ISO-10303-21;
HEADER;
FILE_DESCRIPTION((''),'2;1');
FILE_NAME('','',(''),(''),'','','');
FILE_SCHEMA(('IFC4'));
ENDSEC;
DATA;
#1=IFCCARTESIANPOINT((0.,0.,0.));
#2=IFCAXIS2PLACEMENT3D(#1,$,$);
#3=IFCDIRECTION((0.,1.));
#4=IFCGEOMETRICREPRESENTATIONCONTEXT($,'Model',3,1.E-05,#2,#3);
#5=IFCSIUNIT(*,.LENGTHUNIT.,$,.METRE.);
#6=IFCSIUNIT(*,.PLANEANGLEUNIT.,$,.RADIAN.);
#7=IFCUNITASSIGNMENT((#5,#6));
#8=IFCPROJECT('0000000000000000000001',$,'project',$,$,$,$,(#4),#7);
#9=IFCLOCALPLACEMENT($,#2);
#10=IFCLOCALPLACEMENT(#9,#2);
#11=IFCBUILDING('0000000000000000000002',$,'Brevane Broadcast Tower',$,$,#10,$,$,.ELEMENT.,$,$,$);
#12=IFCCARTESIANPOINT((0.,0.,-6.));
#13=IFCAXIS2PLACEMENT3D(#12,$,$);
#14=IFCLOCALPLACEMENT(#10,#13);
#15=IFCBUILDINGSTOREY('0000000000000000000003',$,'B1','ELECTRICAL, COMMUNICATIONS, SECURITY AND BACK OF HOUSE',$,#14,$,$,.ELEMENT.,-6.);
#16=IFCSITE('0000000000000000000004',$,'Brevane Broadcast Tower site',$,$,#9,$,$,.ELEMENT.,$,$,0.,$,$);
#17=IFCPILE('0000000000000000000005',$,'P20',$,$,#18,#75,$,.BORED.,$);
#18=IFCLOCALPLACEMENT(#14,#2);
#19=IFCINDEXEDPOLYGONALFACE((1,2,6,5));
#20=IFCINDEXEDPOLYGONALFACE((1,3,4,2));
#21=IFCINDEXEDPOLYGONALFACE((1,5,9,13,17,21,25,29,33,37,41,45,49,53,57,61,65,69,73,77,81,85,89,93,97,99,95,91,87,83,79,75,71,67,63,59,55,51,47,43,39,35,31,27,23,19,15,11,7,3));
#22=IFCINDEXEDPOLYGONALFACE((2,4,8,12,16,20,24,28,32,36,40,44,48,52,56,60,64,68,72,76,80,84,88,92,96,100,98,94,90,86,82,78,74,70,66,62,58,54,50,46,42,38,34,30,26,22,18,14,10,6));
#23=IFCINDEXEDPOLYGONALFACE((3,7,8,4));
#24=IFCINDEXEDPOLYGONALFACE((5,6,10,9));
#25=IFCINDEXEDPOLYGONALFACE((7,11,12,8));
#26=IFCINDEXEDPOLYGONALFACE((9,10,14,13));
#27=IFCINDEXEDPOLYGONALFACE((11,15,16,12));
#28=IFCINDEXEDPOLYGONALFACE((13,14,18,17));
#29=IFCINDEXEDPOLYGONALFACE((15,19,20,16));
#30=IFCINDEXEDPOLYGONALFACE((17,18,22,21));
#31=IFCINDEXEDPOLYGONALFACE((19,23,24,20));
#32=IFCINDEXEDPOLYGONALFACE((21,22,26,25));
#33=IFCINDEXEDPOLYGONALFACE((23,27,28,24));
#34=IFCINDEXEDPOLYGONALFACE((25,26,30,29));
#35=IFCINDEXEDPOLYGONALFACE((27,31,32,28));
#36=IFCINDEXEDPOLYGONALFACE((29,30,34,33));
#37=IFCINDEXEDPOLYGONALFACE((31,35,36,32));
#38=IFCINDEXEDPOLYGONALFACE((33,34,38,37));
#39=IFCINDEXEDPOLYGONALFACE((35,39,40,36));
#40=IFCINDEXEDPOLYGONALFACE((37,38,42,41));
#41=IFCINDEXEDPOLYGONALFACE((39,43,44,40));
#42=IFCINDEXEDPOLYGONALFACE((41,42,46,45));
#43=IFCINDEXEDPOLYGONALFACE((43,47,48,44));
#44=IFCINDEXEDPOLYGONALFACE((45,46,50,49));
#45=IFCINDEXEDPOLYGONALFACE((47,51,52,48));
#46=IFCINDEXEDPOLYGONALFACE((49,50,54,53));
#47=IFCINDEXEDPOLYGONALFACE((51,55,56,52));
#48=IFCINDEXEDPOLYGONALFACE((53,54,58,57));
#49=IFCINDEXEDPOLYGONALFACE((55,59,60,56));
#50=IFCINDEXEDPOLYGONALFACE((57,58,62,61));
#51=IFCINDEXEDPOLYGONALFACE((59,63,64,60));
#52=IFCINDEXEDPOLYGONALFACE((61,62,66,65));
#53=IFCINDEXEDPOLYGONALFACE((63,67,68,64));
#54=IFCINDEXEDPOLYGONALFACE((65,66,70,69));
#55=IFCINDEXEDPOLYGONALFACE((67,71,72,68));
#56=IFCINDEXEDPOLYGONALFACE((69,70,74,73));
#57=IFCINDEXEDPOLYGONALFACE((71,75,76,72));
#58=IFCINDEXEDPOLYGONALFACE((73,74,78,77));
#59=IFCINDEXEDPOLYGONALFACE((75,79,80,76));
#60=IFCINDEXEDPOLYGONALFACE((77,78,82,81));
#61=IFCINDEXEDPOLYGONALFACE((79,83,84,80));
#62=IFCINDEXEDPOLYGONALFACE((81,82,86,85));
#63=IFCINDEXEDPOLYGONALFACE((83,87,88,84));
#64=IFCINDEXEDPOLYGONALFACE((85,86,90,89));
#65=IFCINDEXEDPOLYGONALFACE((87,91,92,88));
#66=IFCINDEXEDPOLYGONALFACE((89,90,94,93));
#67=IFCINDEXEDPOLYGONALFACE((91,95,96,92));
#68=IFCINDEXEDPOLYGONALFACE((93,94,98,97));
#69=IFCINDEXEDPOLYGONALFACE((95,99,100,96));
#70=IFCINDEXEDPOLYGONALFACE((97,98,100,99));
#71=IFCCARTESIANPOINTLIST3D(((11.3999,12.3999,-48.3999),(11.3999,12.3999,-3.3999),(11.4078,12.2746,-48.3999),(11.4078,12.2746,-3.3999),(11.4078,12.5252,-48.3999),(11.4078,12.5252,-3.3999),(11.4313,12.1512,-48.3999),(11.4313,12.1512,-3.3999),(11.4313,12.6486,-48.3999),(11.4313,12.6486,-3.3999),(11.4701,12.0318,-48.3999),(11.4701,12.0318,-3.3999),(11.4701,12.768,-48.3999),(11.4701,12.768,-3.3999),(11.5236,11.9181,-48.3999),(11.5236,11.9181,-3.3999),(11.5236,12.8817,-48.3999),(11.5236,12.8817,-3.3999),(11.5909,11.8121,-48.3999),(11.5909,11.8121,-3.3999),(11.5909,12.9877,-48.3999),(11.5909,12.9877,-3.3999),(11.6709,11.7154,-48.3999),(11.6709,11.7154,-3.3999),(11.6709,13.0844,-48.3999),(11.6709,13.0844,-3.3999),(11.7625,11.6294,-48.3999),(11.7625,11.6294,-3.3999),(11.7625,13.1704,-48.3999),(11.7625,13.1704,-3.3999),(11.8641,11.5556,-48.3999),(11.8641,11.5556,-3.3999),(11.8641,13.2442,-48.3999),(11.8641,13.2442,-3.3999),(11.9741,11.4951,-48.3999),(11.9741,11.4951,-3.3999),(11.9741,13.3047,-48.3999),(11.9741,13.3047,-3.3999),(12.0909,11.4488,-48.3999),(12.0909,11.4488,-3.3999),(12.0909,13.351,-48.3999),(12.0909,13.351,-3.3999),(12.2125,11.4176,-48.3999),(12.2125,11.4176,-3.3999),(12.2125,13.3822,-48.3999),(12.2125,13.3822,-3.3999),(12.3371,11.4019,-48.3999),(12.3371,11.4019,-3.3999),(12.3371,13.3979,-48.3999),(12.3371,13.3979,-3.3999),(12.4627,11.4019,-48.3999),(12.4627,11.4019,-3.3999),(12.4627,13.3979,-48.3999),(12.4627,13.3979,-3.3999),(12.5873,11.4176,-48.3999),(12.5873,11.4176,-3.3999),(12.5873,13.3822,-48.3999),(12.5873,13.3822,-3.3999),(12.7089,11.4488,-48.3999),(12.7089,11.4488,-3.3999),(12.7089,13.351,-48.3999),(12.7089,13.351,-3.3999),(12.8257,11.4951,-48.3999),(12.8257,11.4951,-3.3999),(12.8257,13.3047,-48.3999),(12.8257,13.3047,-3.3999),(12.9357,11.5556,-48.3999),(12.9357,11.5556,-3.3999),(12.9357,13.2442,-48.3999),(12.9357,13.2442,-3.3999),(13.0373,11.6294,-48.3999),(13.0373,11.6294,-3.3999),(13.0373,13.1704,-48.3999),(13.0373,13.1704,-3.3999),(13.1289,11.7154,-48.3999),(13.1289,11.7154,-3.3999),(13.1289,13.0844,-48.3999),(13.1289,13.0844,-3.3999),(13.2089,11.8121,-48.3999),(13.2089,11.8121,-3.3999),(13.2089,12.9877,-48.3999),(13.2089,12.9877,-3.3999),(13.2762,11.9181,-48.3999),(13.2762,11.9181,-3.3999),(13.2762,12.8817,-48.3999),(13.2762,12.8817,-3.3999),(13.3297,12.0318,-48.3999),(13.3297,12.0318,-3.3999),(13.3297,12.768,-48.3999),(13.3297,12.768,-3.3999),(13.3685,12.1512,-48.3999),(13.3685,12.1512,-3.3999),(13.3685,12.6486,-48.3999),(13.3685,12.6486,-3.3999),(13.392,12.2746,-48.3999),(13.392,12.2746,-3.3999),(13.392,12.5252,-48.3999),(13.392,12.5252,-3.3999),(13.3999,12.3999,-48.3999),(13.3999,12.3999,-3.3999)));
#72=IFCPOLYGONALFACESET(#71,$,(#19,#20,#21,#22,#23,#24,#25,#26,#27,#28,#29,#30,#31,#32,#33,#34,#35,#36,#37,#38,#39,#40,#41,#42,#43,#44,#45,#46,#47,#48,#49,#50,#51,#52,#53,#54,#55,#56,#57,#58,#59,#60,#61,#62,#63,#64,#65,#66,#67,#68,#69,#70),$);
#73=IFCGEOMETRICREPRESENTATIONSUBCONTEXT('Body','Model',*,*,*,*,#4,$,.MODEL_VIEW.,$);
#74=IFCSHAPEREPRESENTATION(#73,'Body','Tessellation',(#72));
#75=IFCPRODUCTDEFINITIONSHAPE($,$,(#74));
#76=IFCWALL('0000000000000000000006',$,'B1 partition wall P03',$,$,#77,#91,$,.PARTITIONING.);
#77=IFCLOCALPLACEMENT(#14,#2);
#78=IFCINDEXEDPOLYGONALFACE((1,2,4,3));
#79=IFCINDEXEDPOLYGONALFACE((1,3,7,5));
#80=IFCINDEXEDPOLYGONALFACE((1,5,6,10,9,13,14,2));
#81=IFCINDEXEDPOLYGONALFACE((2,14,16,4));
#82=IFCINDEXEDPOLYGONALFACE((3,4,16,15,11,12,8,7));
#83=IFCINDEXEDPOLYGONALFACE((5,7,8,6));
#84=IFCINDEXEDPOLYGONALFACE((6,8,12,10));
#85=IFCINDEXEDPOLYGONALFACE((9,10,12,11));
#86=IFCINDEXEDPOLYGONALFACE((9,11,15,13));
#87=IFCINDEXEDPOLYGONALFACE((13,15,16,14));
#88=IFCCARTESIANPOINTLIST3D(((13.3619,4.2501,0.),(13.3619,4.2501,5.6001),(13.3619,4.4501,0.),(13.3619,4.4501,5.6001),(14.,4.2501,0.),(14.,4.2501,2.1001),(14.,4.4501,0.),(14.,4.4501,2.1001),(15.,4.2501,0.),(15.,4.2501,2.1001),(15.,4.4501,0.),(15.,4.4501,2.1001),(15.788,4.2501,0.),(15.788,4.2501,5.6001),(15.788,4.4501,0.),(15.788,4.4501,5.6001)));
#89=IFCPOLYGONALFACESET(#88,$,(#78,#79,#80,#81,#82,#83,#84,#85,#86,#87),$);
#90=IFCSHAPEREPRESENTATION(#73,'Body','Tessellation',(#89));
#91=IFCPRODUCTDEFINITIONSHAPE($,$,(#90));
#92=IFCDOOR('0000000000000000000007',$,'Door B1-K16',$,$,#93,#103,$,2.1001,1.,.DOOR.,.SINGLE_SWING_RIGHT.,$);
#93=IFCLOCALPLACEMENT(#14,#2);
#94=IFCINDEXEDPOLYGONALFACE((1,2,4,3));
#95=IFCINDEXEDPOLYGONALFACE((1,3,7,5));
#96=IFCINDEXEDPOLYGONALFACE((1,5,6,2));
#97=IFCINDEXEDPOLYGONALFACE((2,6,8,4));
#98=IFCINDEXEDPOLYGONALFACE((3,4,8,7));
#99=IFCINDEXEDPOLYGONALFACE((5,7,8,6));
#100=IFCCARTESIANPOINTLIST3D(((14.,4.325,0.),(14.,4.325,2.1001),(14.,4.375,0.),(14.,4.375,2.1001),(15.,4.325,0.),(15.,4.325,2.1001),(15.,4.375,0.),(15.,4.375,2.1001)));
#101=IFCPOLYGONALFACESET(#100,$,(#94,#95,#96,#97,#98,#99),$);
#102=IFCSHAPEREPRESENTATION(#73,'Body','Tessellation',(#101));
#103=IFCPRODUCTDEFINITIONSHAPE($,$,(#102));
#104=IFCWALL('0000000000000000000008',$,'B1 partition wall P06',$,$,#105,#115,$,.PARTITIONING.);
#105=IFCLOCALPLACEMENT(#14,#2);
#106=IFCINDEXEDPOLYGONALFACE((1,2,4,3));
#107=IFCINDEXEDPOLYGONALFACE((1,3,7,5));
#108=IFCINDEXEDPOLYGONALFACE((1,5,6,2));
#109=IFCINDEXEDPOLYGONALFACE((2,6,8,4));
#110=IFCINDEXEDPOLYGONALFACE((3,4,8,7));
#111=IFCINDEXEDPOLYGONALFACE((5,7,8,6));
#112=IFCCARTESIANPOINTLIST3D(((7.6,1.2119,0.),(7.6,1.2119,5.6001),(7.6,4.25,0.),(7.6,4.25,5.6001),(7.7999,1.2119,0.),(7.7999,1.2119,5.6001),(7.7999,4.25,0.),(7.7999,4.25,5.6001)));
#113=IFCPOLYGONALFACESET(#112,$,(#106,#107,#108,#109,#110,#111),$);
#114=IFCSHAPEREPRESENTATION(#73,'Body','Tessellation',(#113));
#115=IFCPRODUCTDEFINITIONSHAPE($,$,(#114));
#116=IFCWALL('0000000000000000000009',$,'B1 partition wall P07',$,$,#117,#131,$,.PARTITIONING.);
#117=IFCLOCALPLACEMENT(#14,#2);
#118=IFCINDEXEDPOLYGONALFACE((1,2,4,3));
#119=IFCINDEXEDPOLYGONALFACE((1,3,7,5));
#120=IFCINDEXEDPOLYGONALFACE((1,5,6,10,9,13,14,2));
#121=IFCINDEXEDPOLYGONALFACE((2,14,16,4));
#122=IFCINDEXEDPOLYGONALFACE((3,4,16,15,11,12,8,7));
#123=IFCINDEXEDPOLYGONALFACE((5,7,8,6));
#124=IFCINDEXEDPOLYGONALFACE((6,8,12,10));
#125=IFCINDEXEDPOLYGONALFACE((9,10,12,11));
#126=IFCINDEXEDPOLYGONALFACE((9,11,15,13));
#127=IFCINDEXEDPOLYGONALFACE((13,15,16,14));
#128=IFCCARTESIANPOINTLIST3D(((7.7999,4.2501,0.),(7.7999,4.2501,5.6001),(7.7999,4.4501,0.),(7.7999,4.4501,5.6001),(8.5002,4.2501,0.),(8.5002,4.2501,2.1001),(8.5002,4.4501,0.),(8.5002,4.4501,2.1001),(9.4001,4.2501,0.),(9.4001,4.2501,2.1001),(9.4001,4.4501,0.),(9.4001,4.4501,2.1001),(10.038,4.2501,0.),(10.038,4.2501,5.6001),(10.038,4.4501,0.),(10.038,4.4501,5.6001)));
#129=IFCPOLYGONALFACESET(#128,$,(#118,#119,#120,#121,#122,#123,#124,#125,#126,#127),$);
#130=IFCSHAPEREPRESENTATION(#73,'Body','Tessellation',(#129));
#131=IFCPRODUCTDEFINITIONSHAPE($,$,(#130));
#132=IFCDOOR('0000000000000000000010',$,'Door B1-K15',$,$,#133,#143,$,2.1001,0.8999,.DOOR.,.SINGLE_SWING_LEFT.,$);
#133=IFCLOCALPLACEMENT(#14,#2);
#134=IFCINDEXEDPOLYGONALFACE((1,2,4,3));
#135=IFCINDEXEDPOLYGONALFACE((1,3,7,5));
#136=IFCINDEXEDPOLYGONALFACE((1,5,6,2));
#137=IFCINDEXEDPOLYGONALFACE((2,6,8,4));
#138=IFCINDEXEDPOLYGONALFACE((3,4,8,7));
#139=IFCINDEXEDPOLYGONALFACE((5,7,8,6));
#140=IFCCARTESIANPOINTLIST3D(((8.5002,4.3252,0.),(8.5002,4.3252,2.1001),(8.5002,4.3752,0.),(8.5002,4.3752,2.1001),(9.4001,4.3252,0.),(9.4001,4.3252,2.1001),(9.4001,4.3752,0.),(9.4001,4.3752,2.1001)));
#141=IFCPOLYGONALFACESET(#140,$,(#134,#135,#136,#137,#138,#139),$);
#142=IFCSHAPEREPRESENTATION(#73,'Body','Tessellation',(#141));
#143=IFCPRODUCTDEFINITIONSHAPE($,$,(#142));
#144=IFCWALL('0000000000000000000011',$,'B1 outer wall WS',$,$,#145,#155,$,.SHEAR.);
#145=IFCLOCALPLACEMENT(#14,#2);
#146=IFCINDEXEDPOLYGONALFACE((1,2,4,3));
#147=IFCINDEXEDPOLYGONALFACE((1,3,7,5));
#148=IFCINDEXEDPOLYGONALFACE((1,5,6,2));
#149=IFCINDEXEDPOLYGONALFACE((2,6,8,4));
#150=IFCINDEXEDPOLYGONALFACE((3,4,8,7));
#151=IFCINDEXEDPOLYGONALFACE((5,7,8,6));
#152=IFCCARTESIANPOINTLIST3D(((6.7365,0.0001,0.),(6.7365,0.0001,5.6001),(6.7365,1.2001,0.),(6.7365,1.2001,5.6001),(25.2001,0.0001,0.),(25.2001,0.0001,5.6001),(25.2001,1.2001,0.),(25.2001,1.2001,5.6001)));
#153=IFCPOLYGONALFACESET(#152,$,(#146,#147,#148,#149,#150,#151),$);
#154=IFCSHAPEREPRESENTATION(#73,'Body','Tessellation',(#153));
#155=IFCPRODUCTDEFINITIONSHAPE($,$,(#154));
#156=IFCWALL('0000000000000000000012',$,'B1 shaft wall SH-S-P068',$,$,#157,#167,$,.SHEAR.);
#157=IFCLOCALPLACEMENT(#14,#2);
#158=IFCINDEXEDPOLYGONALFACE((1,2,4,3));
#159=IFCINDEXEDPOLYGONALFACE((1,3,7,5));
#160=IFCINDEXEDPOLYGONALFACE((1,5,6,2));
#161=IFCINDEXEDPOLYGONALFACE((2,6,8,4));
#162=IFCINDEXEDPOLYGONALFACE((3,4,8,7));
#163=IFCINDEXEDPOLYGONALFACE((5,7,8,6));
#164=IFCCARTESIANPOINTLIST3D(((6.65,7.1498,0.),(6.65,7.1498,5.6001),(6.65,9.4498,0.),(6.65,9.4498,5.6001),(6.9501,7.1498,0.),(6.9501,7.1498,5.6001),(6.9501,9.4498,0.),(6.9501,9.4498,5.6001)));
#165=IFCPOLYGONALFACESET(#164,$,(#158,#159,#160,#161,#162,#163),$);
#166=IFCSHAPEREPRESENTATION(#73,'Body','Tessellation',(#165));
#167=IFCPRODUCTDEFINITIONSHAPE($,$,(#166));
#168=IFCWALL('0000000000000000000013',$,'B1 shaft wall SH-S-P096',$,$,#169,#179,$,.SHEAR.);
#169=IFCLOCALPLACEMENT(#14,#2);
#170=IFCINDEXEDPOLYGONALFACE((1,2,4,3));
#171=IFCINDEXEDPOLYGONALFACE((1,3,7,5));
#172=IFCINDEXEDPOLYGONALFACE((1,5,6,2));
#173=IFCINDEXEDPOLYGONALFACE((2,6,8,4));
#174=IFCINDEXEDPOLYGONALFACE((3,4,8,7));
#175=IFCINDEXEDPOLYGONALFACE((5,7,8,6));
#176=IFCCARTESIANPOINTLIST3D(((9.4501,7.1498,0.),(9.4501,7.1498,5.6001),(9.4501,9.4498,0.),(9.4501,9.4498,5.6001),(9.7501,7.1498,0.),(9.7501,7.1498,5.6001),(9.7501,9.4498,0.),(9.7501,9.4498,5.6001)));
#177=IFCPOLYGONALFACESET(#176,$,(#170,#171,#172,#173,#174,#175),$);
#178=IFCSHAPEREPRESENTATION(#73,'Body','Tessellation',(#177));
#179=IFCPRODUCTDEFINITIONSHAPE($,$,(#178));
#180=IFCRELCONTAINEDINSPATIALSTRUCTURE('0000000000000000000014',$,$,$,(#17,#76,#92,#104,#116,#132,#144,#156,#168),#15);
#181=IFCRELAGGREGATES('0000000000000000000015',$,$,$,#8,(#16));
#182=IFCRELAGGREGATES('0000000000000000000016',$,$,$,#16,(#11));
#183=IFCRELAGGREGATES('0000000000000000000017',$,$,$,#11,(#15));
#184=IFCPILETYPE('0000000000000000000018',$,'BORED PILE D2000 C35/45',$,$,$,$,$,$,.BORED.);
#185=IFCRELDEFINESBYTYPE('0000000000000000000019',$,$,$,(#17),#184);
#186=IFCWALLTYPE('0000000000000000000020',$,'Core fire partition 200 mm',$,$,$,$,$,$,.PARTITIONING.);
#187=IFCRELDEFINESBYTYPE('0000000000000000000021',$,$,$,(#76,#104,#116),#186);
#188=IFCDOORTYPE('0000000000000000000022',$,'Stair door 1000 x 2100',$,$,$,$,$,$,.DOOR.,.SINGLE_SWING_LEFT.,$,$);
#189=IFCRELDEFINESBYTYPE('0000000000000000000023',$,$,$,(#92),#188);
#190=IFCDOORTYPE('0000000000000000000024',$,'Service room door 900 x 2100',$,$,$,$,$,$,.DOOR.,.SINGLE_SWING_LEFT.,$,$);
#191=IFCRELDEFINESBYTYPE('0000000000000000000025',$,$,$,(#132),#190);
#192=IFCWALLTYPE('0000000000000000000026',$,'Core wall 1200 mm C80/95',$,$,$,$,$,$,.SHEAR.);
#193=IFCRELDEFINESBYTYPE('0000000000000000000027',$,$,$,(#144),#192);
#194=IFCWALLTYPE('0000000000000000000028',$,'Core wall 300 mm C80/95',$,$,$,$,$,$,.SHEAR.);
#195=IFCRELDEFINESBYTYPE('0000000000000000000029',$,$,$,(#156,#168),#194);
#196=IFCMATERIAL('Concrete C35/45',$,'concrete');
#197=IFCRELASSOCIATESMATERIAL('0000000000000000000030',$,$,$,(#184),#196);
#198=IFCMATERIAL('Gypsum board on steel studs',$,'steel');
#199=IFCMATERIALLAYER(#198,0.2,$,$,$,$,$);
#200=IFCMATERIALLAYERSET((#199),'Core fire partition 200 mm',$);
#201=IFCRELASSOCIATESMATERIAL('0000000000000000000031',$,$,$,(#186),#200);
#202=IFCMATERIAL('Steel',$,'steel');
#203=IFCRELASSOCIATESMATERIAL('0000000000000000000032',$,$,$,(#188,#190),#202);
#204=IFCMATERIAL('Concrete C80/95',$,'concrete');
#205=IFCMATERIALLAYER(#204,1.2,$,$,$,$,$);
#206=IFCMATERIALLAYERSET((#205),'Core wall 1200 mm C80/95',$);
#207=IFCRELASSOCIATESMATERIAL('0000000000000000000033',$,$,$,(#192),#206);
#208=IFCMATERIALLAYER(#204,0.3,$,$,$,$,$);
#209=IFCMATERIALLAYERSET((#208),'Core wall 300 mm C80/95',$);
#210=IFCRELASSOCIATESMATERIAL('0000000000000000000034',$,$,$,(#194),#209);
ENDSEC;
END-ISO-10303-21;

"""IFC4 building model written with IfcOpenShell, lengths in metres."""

from ifc_helpers import new_model, si_unit, direction, frame, frame_2d, origin, origin_2d, place, context, subcontext, project, spatial, rectangle, circle, extrude, material, layer, layer_set, material_profile, profile_set, type_object, element, fill, save


model = new_model("IFC4")

# Units and contexts
model_context = context("Model", 3, precision=1e-05, world=origin(), true_north=direction((0.0, 1.0)))
body_context = subcontext(model_context, "Body", "Model", "MODEL_VIEW")
ifc_project = project(units=[si_unit("LENGTHUNIT", "METRE"), si_unit("PLANEANGLEUNIT", "RADIAN")], contexts=[model_context])

# Site, building, storey
site_placement = place(None, origin())
site = spatial("IfcSite", under=ifc_project, at=site_placement, Name="Brevane Broadcast Tower site", CompositionType="ELEMENT", RefElevation=0.0)
building_placement = place(site_placement, origin())
building = spatial("IfcBuilding", under=site, at=building_placement, Name="Brevane Broadcast Tower", CompositionType="ELEMENT")
storey_placement = place(building_placement, frame((0.0, 0.0, -6.0)))
storey = spatial("IfcBuildingStorey", under=building, at=storey_placement, Name="B1", Description="ELECTRICAL, COMMUNICATIONS, SECURITY AND BACK OF HOUSE", CompositionType="ELEMENT", Elevation=-6.0)

# Pile
ifc_material_1 = material(Name="Concrete C35/45", Category="concrete")
ifc_material_profile = material_profile(ifc_material_1, circle(Radius=1.0, at=origin_2d()), Name="RC D2000")
ifc_profile_set = profile_set([ifc_material_profile], Name="Concrete C35/45")
pile_type = type_object("IfcPileType", Name="BORED PILE D2000 C35/45", PredefinedType="BORED", material=ifc_profile_set)
pile_placement = place(storey_placement, frame((12.3999, 12.3999, -3.3999), z_axis=(0.0, 0.0, -1.0), x_axis=(1.0, 0.0, 0.0)))
element("IfcPile", 1, at=pile_placement, inside=storey, type_object=pile_type, Name="P20", PredefinedType="BORED", context=body_context, shape_type="SweptSolid", body=[
    extrude(circle(Radius=1.0, at=origin_2d()), origin(), (0.0, 0.0, 1.0), 45.0),
])

# Wall, opening, door
ifc_material_2 = material(Name="Gypsum board on steel studs", Category="steel")
ifc_layer_1 = layer(ifc_material_2, 0.2)
ifc_layer_set_1 = layer_set([ifc_layer_1], Name="Core fire partition 200 mm")
wall_type_1 = type_object("IfcWallType", Name="Core fire partition 200 mm", PredefinedType="PARTITIONING", material=ifc_layer_set_1)
wall_1_placement = place(storey_placement, frame((13.3621, 4.3501, 0.0), z_axis=(0.0, 0.0, 1.0), x_axis=(1.0, 0.0, 0.0)))
wall_1 = element("IfcWall", 2, at=wall_1_placement, inside=storey, type_object=wall_type_1, Name="B1 partition wall P03", PredefinedType="PARTITIONING", context=body_context, shape_type="SweptSolid", body=[
    extrude(rectangle(XDim=2.426, YDim=0.2, at=frame_2d((1.2129, 0.0))), origin(), (0.0, 0.0, 1.0), 5.6001),
])
opening_1_placement = place(wall_1_placement, frame((0.6379, 0.0, 0.0)))
opening_1 = element("IfcOpeningElement", 3, at=opening_1_placement, cuts=wall_1, PredefinedType="OPENING", context=body_context, shape_type="SweptSolid", body=[
    extrude(rectangle(XDim=1.0, YDim=2.1001, at=frame_2d((0.5, 1.05))), frame((0.0, 0.1099, 0.0), z_axis=(0.0, -1.0, 0.0), x_axis=(1.0, 0.0, 0.0)), (0.0, 0.0, 1.0), 0.22),
])
ifc_material_3 = material(Name="Steel", Category="steel")
door_type_1 = type_object("IfcDoorType", Name="Stair door 1000 x 2100", OperationType="SINGLE_SWING_LEFT", PredefinedType="DOOR", material=ifc_material_3)
door_1_placement = place(opening_1_placement, origin())
door_1 = element("IfcDoor", 4, at=door_1_placement, inside=storey, type_object=door_type_1, Name="Door B1-K16", OperationType="SINGLE_SWING_RIGHT", OverallHeight=2.1001, OverallWidth=1.0, PredefinedType="DOOR", context=body_context, shape_type="SweptSolid", body=[
    extrude(rectangle(XDim=1.0, YDim=2.1001, at=frame_2d((0.5, 1.05))), frame((0.0, 0.0249, 0.0), z_axis=(0.0, -1.0, 0.0), x_axis=(1.0, 0.0, 0.0)), (0.0, 0.0, 1.0), 0.05),
])
fill(opening_1, door_1)

# Wall
wall_2_placement = place(storey_placement, frame((7.7, 4.25, 0.0), z_axis=(0.0, 0.0, 1.0), x_axis=(0.0, -1.0, 0.0)))
element("IfcWall", 5, at=wall_2_placement, inside=storey, type_object=wall_type_1, Name="B1 partition wall P06", PredefinedType="PARTITIONING", context=body_context, shape_type="SweptSolid", body=[
    extrude(rectangle(XDim=3.0381, YDim=0.2, at=frame_2d((1.519, 0.0))), origin(), (0.0, 0.0, 1.0), 5.6001),
])

# Wall, opening, door
wall_3_placement = place(storey_placement, frame((10.0381, 4.3501, 0.0), z_axis=(0.0, 0.0, 1.0), x_axis=(-1.0, 0.0, 0.0)))
wall_3 = element("IfcWall", 6, at=wall_3_placement, inside=storey, type_object=wall_type_1, Name="B1 partition wall P07", PredefinedType="PARTITIONING", context=body_context, shape_type="SweptSolid", body=[
    extrude(rectangle(XDim=2.238, YDim=0.2, at=frame_2d((1.1191, 0.0))), origin(), (0.0, 0.0, 1.0), 5.6001),
])
opening_2_placement = place(wall_3_placement, frame((0.6379, 0.0, 0.0)))
opening_2 = element("IfcOpeningElement", 7, at=opening_2_placement, cuts=wall_3, PredefinedType="OPENING", context=body_context, shape_type="SweptSolid", body=[
    extrude(rectangle(XDim=0.8999, YDim=2.1001, at=frame_2d((0.45, 1.05))), frame((0.0, 0.1099, 0.0), z_axis=(0.0, -1.0, 0.0), x_axis=(1.0, 0.0, 0.0)), (0.0, 0.0, 1.0), 0.22),
])
door_type_2 = type_object("IfcDoorType", Name="Service room door 900 x 2100", OperationType="SINGLE_SWING_LEFT", PredefinedType="DOOR", material=ifc_material_3)
door_2_placement = place(opening_2_placement, origin())
door_2 = element("IfcDoor", 8, at=door_2_placement, inside=storey, type_object=door_type_2, Name="Door B1-K15", OperationType="SINGLE_SWING_LEFT", OverallHeight=2.1001, OverallWidth=0.8999, PredefinedType="DOOR", context=body_context, shape_type="SweptSolid", body=[
    extrude(rectangle(XDim=0.8999, YDim=2.1001, at=frame_2d((0.45, 1.05))), frame((0.0, 0.0249, 0.0), z_axis=(0.0, -1.0, 0.0), x_axis=(1.0, 0.0, 0.0)), (0.0, 0.0, 1.0), 0.05),
])
fill(opening_2, door_2)

# Walls
ifc_material_4 = material(Name="Concrete C80/95", Category="concrete")
ifc_layer_2 = layer(ifc_material_4, 1.2)
ifc_layer_set_2 = layer_set([ifc_layer_2], Name="Core wall 1200 mm C80/95")
wall_type_2 = type_object("IfcWallType", Name="Core wall 1200 mm C80/95", PredefinedType="SHEAR", material=ifc_layer_set_2)
wall_4_placement = place(storey_placement, frame((6.7363, 0.6001, 0.0), z_axis=(0.0, 0.0, 1.0), x_axis=(1.0, 0.0, 0.0)))
element("IfcWall", 9, at=wall_4_placement, inside=storey, type_object=wall_type_2, Name="B1 outer wall WS", PredefinedType="SHEAR", context=body_context, shape_type="SweptSolid", body=[
    extrude(rectangle(XDim=18.4636, YDim=1.2, at=frame_2d((9.2319, 0.0))), origin(), (0.0, 0.0, 1.0), 5.6001),
])
ifc_layer_3 = layer(ifc_material_4, 0.3)
ifc_layer_set_3 = layer_set([ifc_layer_3], Name="Core wall 300 mm C80/95")
wall_type_3 = type_object("IfcWallType", Name="Core wall 300 mm C80/95", PredefinedType="SHEAR", material=ifc_layer_set_3)
for number, where, z_axis, x_axis, name in (
    (10, (6.8, 7.1499, 0.0), (0.0, 0.0, 1.0), (0.0, 1.0, 0.0), "B1 shaft wall SH-S-P068"),
    (11, (9.6001, 7.1499, 0.0), (0.0, 0.0, 1.0), (0.0, 1.0, 0.0), "B1 shaft wall SH-S-P096"),
):
    element("IfcWall", number, at=place(storey_placement, frame(where, z_axis=z_axis, x_axis=x_axis)), inside=storey, type_object=wall_type_3, Name=name, PredefinedType="SHEAR", context=body_context, shape_type="SweptSolid", body=[
        extrude(rectangle(XDim=2.3, YDim=0.3, at=frame_2d((1.1499, 0.0))), origin(), (0.0, 0.0, 1.0), 5.6001),
    ])

save(model, "model.ifc")
